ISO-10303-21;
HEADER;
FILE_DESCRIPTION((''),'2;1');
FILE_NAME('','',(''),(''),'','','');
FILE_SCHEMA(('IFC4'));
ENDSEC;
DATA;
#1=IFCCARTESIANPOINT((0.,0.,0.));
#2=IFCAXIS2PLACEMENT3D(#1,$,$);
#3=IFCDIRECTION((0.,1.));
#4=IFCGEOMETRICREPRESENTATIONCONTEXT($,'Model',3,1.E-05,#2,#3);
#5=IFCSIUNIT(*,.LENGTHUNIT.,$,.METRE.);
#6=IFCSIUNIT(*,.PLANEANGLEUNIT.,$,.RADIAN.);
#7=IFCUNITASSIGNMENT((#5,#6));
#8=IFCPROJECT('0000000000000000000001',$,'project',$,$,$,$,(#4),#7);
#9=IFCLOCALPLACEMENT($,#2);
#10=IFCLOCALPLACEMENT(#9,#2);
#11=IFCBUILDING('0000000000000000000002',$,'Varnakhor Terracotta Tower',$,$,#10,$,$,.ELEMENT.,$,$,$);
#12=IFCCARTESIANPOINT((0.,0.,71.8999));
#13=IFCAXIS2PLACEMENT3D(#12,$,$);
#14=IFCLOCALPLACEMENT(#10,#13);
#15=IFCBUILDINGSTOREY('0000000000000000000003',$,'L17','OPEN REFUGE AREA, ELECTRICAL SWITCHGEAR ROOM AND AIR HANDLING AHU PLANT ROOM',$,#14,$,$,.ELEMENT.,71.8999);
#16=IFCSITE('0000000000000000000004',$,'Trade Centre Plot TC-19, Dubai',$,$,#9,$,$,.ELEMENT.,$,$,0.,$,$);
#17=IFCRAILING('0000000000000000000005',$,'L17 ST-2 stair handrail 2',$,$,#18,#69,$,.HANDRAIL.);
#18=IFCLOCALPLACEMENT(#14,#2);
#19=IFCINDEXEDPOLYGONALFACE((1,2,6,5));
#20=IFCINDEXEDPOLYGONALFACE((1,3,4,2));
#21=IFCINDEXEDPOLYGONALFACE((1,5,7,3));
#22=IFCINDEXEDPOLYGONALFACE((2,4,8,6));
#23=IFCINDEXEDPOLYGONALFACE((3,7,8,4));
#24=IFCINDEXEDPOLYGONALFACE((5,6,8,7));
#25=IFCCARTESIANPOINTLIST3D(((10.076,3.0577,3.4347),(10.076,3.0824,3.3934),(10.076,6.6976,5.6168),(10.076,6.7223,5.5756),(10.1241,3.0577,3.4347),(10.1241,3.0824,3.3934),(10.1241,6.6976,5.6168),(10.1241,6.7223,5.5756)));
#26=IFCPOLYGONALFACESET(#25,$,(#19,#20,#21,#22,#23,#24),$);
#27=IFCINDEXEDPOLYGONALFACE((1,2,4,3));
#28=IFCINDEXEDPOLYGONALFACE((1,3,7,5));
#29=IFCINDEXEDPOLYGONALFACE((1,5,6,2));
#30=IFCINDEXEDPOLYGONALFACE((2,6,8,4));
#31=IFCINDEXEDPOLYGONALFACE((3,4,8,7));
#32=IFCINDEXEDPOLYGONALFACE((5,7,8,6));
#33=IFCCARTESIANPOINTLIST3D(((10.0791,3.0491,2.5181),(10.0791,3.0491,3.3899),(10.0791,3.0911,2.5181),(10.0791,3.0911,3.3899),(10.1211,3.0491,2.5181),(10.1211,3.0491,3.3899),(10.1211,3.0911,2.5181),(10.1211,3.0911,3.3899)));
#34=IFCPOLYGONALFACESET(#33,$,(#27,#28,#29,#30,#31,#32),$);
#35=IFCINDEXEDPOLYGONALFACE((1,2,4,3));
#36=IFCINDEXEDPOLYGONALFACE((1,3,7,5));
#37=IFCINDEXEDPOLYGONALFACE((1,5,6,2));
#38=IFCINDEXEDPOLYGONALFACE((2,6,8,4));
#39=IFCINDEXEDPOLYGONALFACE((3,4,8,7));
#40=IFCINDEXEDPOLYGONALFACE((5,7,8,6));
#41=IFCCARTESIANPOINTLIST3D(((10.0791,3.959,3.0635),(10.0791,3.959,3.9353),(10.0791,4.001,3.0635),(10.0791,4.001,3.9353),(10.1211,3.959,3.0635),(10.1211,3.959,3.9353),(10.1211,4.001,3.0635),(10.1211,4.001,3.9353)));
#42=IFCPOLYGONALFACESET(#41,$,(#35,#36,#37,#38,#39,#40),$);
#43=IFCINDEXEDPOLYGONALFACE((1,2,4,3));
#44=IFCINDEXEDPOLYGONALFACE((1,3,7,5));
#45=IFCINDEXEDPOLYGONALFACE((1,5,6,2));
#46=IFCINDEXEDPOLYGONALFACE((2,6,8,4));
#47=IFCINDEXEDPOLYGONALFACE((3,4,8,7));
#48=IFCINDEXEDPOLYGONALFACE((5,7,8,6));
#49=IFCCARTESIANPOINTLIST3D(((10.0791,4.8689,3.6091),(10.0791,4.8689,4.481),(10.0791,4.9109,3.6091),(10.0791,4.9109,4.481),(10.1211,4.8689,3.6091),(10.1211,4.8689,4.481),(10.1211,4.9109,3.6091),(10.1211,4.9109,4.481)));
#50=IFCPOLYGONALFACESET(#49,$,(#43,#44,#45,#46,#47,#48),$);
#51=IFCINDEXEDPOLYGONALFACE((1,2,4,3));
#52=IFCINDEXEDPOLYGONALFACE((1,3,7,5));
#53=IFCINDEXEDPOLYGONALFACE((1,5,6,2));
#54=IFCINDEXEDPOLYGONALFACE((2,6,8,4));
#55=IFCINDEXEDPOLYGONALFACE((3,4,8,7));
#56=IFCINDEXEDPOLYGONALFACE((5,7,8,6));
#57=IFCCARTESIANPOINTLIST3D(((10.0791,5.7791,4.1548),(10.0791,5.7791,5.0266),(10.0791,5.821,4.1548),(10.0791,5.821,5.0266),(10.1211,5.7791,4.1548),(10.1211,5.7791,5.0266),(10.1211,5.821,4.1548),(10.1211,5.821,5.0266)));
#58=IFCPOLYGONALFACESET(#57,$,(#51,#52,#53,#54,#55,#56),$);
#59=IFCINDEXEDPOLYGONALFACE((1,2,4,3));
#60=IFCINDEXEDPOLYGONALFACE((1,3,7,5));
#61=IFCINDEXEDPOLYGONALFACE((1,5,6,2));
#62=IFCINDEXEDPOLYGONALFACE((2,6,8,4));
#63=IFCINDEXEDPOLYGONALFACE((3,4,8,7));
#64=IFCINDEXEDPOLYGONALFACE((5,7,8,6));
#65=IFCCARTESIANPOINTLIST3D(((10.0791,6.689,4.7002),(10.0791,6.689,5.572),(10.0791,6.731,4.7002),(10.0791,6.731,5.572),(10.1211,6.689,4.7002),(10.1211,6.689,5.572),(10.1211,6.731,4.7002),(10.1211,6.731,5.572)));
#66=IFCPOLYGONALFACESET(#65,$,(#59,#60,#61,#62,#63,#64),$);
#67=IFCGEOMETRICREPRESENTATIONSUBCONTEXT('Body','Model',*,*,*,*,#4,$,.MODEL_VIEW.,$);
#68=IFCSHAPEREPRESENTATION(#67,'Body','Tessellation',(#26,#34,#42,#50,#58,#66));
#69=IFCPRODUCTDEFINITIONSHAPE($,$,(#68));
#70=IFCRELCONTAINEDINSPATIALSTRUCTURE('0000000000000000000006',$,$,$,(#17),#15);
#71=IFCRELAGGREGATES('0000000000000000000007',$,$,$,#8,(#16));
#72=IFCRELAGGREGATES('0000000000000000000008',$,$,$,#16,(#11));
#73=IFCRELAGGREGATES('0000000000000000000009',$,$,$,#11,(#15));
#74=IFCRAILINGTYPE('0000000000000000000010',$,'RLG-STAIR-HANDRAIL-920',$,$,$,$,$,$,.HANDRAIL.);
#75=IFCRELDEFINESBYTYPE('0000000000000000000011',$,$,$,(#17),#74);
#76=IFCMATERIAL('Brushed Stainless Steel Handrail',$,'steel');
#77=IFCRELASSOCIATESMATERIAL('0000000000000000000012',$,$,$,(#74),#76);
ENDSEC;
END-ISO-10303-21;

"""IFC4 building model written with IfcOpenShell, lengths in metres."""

from ifc_helpers import new_model, si_unit, direction, frame, origin, origin_2d, place, context, subcontext, project, spatial, rectangle, extrude, material, type_object, element, save


model = new_model("IFC4")

# Units and contexts
model_context = context("Model", 3, precision=1e-05, world=origin(), true_north=direction((0.0, 1.0)))
body_context = subcontext(model_context, "Body", "Model", "MODEL_VIEW")
ifc_project = project(units=[si_unit("LENGTHUNIT", "METRE"), si_unit("PLANEANGLEUNIT", "RADIAN")], contexts=[model_context])

# Site, building, storey
site_placement = place(None, origin())
site = spatial("IfcSite", under=ifc_project, at=site_placement, Name="Trade Centre Plot TC-19, Dubai", CompositionType="ELEMENT", RefElevation=0.0)
building_placement = place(site_placement, origin())
building = spatial("IfcBuilding", under=site, at=building_placement, Name="Varnakhor Terracotta Tower", CompositionType="ELEMENT")
storey_placement = place(building_placement, frame((0.0, 0.0, 71.8999)))
storey = spatial("IfcBuildingStorey", under=building, at=storey_placement, Name="L17", Description="OPEN REFUGE AREA, ELECTRICAL SWITCHGEAR ROOM AND AIR HANDLING AHU PLANT ROOM", CompositionType="ELEMENT", Elevation=71.8999)

# Railing
ifc_material_1 = material(Name="Brushed Stainless Steel Handrail", Category="steel")
railing_type_1 = type_object("IfcRailingType", Name="RLG-STAIR-HANDRAIL-920", PredefinedType="HANDRAIL", material=ifc_material_1)
railing_1_placement = place(storey_placement, frame((10.1001, 3.0701, 2.5181)))
element("IfcRailing", 1, at=railing_1_placement, inside=storey, type_object=railing_type_1, Name="L17 ST-2 stair handrail 2", PredefinedType="HANDRAIL", context=body_context, shape_type="SweptSolid", body=[
    extrude(rectangle(XDim=0.0481, YDim=0.0481, at=origin_2d()), frame((0.0, 0.0, 0.896), z_axis=(0.0, 0.857681, 0.514183), x_axis=(-1.0, 0.0, 0.0)), (0.0, 0.0, 1.0), 4.2439),
    extrude(rectangle(XDim=0.042, YDim=0.042, at=origin_2d()), origin(), (0.0, 0.0, 1.0), 0.8718),
    extrude(rectangle(XDim=0.042, YDim=0.042, at=origin_2d()), frame((0.0, 0.9099, 0.5454)), (0.0, 0.0, 1.0), 0.8718),
    extrude(rectangle(XDim=0.042, YDim=0.042, at=origin_2d()), frame((0.0, 1.8198, 1.0911)), (0.0, 0.0, 1.0), 0.8718),
    extrude(rectangle(XDim=0.042, YDim=0.042, at=origin_2d()), frame((0.0, 2.73, 1.6367)), (0.0, 0.0, 1.0), 0.8718),
    extrude(rectangle(XDim=0.042, YDim=0.042, at=origin_2d()), frame((0.0, 3.6399, 2.1821)), (0.0, 0.0, 1.0), 0.8718),
])

save(model, "model.ifc")
